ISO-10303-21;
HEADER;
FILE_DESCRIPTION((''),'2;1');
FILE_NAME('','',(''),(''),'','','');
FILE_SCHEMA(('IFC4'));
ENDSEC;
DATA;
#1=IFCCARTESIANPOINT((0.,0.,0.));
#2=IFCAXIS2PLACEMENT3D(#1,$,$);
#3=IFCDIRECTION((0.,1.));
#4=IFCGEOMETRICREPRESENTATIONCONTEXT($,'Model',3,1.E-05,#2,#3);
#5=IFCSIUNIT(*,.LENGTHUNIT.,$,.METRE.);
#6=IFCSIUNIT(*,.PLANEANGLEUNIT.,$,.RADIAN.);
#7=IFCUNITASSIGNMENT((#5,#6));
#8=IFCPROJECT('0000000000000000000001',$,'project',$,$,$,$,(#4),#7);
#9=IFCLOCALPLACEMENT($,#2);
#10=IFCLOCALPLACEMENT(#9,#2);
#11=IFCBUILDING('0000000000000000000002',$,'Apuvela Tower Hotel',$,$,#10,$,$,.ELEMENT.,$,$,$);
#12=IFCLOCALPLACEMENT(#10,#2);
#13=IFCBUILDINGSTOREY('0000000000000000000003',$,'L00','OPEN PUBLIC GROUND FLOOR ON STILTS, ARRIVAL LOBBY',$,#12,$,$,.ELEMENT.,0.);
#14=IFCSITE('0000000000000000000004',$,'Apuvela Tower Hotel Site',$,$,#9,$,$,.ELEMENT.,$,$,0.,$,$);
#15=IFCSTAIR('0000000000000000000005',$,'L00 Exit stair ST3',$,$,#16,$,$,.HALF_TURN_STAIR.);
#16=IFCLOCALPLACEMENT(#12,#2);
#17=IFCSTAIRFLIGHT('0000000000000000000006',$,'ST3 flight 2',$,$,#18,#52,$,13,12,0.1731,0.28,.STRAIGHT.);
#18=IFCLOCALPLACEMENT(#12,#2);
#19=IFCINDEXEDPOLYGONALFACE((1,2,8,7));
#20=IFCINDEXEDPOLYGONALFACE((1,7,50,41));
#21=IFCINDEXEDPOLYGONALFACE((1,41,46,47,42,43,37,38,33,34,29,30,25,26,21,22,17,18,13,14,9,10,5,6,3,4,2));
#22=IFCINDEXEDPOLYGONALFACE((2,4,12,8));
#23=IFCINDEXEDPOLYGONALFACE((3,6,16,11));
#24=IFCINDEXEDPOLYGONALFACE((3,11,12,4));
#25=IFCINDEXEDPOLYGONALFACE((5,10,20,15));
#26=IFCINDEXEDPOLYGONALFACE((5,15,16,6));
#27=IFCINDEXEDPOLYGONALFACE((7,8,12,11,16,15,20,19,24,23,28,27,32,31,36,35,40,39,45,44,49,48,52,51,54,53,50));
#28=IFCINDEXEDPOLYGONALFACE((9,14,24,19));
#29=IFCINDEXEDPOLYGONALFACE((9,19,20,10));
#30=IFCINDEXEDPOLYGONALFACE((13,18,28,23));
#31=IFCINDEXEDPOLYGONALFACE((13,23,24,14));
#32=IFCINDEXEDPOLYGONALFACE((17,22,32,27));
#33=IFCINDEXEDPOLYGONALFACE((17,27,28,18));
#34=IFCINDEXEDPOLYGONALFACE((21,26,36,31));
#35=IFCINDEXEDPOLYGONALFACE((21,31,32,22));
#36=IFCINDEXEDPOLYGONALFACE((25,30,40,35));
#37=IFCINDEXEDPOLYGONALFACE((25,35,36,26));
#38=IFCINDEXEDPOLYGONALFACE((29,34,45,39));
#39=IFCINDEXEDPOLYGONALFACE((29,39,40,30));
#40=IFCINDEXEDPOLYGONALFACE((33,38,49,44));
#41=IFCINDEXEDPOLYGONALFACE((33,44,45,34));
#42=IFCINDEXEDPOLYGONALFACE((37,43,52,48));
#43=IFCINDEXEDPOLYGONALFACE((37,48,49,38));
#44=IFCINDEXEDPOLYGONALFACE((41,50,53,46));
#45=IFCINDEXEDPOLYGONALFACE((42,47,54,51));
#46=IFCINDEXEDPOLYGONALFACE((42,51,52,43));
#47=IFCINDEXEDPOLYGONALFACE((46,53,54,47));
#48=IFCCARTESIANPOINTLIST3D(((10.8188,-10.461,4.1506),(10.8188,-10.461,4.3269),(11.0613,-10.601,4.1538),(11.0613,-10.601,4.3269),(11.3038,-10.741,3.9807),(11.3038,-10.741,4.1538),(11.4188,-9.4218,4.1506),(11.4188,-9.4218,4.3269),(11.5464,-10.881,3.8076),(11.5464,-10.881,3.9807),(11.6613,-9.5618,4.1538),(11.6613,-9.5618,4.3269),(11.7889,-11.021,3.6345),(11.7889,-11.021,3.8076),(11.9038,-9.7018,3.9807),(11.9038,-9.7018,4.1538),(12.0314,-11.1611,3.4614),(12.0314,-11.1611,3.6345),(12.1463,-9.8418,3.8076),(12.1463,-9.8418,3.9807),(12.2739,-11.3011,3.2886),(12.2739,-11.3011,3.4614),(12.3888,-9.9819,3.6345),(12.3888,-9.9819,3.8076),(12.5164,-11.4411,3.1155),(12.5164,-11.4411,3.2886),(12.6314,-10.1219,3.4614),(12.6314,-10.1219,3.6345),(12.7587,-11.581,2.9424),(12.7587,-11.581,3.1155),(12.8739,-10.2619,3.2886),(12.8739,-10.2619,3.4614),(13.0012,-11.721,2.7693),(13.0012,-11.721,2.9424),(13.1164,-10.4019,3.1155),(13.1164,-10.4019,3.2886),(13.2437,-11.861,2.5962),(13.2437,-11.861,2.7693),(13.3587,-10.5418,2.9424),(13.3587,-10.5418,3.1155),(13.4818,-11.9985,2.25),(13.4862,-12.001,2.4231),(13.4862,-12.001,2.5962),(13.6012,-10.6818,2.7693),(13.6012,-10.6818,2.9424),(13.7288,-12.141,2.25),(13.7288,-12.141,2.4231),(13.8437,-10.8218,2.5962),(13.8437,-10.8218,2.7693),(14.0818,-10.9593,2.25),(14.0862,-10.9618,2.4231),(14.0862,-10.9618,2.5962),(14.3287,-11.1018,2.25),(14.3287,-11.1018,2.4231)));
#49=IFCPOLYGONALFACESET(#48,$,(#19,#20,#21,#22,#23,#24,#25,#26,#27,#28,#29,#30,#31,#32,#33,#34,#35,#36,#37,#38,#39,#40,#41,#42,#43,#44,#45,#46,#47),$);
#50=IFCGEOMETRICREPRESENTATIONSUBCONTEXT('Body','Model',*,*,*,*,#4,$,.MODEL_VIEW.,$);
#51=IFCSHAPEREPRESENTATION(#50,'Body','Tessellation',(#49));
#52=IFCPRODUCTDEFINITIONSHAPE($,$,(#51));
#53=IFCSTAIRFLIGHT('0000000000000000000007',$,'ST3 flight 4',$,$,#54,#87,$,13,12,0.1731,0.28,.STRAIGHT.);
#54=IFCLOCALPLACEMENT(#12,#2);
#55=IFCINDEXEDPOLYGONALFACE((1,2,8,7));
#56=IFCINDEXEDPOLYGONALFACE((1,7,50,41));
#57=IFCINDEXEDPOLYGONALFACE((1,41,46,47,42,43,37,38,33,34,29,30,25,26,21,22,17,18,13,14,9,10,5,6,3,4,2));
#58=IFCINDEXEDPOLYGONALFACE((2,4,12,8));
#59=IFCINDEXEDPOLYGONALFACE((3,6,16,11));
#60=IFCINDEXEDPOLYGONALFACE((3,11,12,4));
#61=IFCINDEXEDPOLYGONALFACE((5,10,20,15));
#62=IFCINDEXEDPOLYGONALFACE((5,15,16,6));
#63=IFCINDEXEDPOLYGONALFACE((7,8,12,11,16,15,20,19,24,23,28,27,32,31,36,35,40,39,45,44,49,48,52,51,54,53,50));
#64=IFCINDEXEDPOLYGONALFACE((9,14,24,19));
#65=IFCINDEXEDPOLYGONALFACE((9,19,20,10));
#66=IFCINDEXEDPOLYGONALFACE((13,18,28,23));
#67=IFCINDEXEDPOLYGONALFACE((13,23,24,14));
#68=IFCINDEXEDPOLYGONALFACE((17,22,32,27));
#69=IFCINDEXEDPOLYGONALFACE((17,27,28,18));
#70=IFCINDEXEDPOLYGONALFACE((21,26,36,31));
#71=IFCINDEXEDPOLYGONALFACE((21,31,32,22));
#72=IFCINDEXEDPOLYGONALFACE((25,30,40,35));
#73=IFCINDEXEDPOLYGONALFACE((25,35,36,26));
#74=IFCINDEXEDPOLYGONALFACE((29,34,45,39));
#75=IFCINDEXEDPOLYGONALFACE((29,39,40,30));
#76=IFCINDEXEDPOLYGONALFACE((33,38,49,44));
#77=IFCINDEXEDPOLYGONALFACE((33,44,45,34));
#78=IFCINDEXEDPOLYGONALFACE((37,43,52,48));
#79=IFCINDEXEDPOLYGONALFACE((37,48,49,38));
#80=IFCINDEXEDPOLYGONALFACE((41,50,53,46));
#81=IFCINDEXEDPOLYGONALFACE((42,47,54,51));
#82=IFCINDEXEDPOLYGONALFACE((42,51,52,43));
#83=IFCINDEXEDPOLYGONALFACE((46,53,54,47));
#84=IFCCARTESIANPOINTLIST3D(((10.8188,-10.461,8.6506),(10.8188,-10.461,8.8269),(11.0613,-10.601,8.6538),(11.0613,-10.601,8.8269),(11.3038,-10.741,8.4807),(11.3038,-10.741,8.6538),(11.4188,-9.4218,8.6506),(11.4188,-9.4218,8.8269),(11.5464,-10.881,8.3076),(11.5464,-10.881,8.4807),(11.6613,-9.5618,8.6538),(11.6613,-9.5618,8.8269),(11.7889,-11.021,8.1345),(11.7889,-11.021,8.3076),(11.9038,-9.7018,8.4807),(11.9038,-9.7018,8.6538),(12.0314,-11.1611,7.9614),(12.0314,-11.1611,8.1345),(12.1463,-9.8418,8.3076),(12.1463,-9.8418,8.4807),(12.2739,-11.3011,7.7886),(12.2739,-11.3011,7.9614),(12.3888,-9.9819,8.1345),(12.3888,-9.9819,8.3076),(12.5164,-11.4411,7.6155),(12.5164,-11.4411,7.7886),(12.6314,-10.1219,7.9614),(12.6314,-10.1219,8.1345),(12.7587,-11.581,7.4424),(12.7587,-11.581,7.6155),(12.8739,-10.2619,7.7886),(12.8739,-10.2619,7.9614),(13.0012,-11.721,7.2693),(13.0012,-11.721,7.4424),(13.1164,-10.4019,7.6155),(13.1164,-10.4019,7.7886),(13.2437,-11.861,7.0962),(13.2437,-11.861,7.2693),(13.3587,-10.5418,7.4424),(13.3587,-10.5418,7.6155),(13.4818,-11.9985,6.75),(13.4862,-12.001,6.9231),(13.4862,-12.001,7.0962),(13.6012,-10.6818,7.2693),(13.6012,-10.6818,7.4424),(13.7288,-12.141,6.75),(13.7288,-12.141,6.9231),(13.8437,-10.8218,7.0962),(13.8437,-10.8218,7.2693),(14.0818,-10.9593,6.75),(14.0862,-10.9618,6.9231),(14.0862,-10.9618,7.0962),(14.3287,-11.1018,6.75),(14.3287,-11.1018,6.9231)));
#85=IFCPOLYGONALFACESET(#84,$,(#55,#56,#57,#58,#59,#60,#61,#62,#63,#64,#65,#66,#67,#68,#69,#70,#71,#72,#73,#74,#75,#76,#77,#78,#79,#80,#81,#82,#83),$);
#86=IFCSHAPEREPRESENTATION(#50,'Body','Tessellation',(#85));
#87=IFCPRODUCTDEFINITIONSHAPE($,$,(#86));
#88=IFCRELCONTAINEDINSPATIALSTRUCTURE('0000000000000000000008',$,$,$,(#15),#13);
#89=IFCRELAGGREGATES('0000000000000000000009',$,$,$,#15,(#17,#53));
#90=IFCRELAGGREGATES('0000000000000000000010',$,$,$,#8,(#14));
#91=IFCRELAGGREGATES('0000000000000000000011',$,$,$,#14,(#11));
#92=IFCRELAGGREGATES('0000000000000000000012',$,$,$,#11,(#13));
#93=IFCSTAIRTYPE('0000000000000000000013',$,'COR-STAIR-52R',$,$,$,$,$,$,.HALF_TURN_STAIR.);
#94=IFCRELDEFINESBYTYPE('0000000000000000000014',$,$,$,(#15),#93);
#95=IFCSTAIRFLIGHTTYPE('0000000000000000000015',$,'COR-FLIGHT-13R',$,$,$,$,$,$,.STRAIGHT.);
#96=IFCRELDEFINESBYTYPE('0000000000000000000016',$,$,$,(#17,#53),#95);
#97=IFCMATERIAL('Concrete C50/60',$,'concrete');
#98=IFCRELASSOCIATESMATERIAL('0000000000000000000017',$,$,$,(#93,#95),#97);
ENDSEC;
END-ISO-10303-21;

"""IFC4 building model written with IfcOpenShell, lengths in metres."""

from ifc_helpers import new_model, si_unit, direction, frame, origin, place, context, subcontext, project, spatial, polyline, outline, extrude, material, type_object, element, aggregate, save


model = new_model("IFC4")

# Units and contexts
model_context = context("Model", 3, precision=1e-05, world=origin(), true_north=direction((0.0, 1.0)))
body_context = subcontext(model_context, "Body", "Model", "MODEL_VIEW")
ifc_project = project(units=[si_unit("LENGTHUNIT", "METRE"), si_unit("PLANEANGLEUNIT", "RADIAN")], contexts=[model_context])

# Site, building, storey
site_placement = place(None, origin())
site = spatial("IfcSite", under=ifc_project, at=site_placement, Name="Apuvela Tower Hotel Site", CompositionType="ELEMENT", RefElevation=0.0)
building_placement = place(site_placement, origin())
building = spatial("IfcBuilding", under=site, at=building_placement, Name="Apuvela Tower Hotel", CompositionType="ELEMENT")
storey_placement = place(building_placement, origin())
storey = spatial("IfcBuildingStorey", under=building, at=storey_placement, Name="L00", Description="OPEN PUBLIC GROUND FLOOR ON STILTS, ARRIVAL LOBBY", CompositionType="ELEMENT", Elevation=0.0)

# Shared definitions
ifc_material_1 = material(Name="Concrete C50/60", Category="concrete")

# Stair, stair flights
stair_type = type_object("IfcStairType", Name="COR-STAIR-52R", PredefinedType="HALF_TURN_STAIR", material=ifc_material_1)
stair_placement = place(storey_placement, origin())
stair = element("IfcStair", 1, at=stair_placement, inside=storey, type_object=stair_type, Name="L00 Exit stair ST3", PredefinedType="HALF_TURN_STAIR")
stair_flight_type = type_object("IfcStairFlightType", Name="COR-FLIGHT-13R", PredefinedType="STRAIGHT", material=ifc_material_1)
stair_flight_1_placement = place(storey_placement, frame((14.0288, -11.6213, 2.25), z_axis=(0.0, 0.0, 1.0), x_axis=(-0.866025, 0.5, 0.0)))
stair_flight_1 = element("IfcStairFlight", 2, at=stair_flight_1_placement, type_object=stair_flight_type, Name="ST3 flight 2", NumberOfRisers=13, NumberOfTreads=12, PredefinedType="STRAIGHT", RiserHeight=0.1731, TreadLength=0.28, context=body_context, shape_type="SweptSolid", body=[
    extrude(outline(polyline([(0.0, 0.0), (0.0, 0.1731), (0.28, 0.1731), (0.28, 0.3462), (0.5601, 0.3462), (0.5601, 0.5193), (0.8401, 0.5193), (0.8401, 0.6924), (1.1201, 0.6924), (1.1201, 0.8655), (1.3999, 0.8655), (1.3999, 1.0386), (1.6799, 1.0386), (1.6799, 1.2114), (1.96, 1.2114), (1.96, 1.3845), (2.24, 1.3845), (2.24, 1.5576), (2.52, 1.5576), (2.52, 1.7307), (2.8, 1.7307), (2.8, 1.9038), (3.0801, 1.9038), (3.0801, 2.0769), (3.3601, 2.0769), (3.3601, 2.25), (3.3601, 1.9006), (0.2852, 0.0), (0.0, 0.0)])), frame((0.0, 0.6001, 0.0), z_axis=(0.0, -1.0, 0.0), x_axis=(1.0, 0.0, 0.0)), (0.0, 0.0, 1.0), 1.2),
])
stair_flight_2_placement = place(storey_placement, frame((14.0288, -11.6213, 6.75), z_axis=(0.0, 0.0, 1.0), x_axis=(-0.866025, 0.5, 0.0)))
stair_flight_2 = element("IfcStairFlight", 3, at=stair_flight_2_placement, type_object=stair_flight_type, Name="ST3 flight 4", NumberOfRisers=13, NumberOfTreads=12, PredefinedType="STRAIGHT", RiserHeight=0.1731, TreadLength=0.28, context=body_context, shape_type="SweptSolid", body=[
    extrude(outline(polyline([(0.0, 0.0), (0.0, 0.1731), (0.28, 0.1731), (0.28, 0.3462), (0.5601, 0.3462), (0.5601, 0.5193), (0.8401, 0.5193), (0.8401, 0.6924), (1.1201, 0.6924), (1.1201, 0.8655), (1.3999, 0.8655), (1.3999, 1.0386), (1.6799, 1.0386), (1.6799, 1.2114), (1.96, 1.2114), (1.96, 1.3845), (2.24, 1.3845), (2.24, 1.5576), (2.52, 1.5576), (2.52, 1.7307), (2.8, 1.7307), (2.8, 1.9038), (3.0801, 1.9038), (3.0801, 2.0769), (3.3601, 2.0769), (3.3601, 2.25), (3.3601, 1.9006), (0.2852, 0.0), (0.0, 0.0)])), frame((0.0, 0.6001, 0.0), z_axis=(0.0, -1.0, 0.0), x_axis=(1.0, 0.0, 0.0)), (0.0, 0.0, 1.0), 1.2),
])
aggregate(stair, [stair_flight_1, stair_flight_2])

save(model, "model.ifc")
